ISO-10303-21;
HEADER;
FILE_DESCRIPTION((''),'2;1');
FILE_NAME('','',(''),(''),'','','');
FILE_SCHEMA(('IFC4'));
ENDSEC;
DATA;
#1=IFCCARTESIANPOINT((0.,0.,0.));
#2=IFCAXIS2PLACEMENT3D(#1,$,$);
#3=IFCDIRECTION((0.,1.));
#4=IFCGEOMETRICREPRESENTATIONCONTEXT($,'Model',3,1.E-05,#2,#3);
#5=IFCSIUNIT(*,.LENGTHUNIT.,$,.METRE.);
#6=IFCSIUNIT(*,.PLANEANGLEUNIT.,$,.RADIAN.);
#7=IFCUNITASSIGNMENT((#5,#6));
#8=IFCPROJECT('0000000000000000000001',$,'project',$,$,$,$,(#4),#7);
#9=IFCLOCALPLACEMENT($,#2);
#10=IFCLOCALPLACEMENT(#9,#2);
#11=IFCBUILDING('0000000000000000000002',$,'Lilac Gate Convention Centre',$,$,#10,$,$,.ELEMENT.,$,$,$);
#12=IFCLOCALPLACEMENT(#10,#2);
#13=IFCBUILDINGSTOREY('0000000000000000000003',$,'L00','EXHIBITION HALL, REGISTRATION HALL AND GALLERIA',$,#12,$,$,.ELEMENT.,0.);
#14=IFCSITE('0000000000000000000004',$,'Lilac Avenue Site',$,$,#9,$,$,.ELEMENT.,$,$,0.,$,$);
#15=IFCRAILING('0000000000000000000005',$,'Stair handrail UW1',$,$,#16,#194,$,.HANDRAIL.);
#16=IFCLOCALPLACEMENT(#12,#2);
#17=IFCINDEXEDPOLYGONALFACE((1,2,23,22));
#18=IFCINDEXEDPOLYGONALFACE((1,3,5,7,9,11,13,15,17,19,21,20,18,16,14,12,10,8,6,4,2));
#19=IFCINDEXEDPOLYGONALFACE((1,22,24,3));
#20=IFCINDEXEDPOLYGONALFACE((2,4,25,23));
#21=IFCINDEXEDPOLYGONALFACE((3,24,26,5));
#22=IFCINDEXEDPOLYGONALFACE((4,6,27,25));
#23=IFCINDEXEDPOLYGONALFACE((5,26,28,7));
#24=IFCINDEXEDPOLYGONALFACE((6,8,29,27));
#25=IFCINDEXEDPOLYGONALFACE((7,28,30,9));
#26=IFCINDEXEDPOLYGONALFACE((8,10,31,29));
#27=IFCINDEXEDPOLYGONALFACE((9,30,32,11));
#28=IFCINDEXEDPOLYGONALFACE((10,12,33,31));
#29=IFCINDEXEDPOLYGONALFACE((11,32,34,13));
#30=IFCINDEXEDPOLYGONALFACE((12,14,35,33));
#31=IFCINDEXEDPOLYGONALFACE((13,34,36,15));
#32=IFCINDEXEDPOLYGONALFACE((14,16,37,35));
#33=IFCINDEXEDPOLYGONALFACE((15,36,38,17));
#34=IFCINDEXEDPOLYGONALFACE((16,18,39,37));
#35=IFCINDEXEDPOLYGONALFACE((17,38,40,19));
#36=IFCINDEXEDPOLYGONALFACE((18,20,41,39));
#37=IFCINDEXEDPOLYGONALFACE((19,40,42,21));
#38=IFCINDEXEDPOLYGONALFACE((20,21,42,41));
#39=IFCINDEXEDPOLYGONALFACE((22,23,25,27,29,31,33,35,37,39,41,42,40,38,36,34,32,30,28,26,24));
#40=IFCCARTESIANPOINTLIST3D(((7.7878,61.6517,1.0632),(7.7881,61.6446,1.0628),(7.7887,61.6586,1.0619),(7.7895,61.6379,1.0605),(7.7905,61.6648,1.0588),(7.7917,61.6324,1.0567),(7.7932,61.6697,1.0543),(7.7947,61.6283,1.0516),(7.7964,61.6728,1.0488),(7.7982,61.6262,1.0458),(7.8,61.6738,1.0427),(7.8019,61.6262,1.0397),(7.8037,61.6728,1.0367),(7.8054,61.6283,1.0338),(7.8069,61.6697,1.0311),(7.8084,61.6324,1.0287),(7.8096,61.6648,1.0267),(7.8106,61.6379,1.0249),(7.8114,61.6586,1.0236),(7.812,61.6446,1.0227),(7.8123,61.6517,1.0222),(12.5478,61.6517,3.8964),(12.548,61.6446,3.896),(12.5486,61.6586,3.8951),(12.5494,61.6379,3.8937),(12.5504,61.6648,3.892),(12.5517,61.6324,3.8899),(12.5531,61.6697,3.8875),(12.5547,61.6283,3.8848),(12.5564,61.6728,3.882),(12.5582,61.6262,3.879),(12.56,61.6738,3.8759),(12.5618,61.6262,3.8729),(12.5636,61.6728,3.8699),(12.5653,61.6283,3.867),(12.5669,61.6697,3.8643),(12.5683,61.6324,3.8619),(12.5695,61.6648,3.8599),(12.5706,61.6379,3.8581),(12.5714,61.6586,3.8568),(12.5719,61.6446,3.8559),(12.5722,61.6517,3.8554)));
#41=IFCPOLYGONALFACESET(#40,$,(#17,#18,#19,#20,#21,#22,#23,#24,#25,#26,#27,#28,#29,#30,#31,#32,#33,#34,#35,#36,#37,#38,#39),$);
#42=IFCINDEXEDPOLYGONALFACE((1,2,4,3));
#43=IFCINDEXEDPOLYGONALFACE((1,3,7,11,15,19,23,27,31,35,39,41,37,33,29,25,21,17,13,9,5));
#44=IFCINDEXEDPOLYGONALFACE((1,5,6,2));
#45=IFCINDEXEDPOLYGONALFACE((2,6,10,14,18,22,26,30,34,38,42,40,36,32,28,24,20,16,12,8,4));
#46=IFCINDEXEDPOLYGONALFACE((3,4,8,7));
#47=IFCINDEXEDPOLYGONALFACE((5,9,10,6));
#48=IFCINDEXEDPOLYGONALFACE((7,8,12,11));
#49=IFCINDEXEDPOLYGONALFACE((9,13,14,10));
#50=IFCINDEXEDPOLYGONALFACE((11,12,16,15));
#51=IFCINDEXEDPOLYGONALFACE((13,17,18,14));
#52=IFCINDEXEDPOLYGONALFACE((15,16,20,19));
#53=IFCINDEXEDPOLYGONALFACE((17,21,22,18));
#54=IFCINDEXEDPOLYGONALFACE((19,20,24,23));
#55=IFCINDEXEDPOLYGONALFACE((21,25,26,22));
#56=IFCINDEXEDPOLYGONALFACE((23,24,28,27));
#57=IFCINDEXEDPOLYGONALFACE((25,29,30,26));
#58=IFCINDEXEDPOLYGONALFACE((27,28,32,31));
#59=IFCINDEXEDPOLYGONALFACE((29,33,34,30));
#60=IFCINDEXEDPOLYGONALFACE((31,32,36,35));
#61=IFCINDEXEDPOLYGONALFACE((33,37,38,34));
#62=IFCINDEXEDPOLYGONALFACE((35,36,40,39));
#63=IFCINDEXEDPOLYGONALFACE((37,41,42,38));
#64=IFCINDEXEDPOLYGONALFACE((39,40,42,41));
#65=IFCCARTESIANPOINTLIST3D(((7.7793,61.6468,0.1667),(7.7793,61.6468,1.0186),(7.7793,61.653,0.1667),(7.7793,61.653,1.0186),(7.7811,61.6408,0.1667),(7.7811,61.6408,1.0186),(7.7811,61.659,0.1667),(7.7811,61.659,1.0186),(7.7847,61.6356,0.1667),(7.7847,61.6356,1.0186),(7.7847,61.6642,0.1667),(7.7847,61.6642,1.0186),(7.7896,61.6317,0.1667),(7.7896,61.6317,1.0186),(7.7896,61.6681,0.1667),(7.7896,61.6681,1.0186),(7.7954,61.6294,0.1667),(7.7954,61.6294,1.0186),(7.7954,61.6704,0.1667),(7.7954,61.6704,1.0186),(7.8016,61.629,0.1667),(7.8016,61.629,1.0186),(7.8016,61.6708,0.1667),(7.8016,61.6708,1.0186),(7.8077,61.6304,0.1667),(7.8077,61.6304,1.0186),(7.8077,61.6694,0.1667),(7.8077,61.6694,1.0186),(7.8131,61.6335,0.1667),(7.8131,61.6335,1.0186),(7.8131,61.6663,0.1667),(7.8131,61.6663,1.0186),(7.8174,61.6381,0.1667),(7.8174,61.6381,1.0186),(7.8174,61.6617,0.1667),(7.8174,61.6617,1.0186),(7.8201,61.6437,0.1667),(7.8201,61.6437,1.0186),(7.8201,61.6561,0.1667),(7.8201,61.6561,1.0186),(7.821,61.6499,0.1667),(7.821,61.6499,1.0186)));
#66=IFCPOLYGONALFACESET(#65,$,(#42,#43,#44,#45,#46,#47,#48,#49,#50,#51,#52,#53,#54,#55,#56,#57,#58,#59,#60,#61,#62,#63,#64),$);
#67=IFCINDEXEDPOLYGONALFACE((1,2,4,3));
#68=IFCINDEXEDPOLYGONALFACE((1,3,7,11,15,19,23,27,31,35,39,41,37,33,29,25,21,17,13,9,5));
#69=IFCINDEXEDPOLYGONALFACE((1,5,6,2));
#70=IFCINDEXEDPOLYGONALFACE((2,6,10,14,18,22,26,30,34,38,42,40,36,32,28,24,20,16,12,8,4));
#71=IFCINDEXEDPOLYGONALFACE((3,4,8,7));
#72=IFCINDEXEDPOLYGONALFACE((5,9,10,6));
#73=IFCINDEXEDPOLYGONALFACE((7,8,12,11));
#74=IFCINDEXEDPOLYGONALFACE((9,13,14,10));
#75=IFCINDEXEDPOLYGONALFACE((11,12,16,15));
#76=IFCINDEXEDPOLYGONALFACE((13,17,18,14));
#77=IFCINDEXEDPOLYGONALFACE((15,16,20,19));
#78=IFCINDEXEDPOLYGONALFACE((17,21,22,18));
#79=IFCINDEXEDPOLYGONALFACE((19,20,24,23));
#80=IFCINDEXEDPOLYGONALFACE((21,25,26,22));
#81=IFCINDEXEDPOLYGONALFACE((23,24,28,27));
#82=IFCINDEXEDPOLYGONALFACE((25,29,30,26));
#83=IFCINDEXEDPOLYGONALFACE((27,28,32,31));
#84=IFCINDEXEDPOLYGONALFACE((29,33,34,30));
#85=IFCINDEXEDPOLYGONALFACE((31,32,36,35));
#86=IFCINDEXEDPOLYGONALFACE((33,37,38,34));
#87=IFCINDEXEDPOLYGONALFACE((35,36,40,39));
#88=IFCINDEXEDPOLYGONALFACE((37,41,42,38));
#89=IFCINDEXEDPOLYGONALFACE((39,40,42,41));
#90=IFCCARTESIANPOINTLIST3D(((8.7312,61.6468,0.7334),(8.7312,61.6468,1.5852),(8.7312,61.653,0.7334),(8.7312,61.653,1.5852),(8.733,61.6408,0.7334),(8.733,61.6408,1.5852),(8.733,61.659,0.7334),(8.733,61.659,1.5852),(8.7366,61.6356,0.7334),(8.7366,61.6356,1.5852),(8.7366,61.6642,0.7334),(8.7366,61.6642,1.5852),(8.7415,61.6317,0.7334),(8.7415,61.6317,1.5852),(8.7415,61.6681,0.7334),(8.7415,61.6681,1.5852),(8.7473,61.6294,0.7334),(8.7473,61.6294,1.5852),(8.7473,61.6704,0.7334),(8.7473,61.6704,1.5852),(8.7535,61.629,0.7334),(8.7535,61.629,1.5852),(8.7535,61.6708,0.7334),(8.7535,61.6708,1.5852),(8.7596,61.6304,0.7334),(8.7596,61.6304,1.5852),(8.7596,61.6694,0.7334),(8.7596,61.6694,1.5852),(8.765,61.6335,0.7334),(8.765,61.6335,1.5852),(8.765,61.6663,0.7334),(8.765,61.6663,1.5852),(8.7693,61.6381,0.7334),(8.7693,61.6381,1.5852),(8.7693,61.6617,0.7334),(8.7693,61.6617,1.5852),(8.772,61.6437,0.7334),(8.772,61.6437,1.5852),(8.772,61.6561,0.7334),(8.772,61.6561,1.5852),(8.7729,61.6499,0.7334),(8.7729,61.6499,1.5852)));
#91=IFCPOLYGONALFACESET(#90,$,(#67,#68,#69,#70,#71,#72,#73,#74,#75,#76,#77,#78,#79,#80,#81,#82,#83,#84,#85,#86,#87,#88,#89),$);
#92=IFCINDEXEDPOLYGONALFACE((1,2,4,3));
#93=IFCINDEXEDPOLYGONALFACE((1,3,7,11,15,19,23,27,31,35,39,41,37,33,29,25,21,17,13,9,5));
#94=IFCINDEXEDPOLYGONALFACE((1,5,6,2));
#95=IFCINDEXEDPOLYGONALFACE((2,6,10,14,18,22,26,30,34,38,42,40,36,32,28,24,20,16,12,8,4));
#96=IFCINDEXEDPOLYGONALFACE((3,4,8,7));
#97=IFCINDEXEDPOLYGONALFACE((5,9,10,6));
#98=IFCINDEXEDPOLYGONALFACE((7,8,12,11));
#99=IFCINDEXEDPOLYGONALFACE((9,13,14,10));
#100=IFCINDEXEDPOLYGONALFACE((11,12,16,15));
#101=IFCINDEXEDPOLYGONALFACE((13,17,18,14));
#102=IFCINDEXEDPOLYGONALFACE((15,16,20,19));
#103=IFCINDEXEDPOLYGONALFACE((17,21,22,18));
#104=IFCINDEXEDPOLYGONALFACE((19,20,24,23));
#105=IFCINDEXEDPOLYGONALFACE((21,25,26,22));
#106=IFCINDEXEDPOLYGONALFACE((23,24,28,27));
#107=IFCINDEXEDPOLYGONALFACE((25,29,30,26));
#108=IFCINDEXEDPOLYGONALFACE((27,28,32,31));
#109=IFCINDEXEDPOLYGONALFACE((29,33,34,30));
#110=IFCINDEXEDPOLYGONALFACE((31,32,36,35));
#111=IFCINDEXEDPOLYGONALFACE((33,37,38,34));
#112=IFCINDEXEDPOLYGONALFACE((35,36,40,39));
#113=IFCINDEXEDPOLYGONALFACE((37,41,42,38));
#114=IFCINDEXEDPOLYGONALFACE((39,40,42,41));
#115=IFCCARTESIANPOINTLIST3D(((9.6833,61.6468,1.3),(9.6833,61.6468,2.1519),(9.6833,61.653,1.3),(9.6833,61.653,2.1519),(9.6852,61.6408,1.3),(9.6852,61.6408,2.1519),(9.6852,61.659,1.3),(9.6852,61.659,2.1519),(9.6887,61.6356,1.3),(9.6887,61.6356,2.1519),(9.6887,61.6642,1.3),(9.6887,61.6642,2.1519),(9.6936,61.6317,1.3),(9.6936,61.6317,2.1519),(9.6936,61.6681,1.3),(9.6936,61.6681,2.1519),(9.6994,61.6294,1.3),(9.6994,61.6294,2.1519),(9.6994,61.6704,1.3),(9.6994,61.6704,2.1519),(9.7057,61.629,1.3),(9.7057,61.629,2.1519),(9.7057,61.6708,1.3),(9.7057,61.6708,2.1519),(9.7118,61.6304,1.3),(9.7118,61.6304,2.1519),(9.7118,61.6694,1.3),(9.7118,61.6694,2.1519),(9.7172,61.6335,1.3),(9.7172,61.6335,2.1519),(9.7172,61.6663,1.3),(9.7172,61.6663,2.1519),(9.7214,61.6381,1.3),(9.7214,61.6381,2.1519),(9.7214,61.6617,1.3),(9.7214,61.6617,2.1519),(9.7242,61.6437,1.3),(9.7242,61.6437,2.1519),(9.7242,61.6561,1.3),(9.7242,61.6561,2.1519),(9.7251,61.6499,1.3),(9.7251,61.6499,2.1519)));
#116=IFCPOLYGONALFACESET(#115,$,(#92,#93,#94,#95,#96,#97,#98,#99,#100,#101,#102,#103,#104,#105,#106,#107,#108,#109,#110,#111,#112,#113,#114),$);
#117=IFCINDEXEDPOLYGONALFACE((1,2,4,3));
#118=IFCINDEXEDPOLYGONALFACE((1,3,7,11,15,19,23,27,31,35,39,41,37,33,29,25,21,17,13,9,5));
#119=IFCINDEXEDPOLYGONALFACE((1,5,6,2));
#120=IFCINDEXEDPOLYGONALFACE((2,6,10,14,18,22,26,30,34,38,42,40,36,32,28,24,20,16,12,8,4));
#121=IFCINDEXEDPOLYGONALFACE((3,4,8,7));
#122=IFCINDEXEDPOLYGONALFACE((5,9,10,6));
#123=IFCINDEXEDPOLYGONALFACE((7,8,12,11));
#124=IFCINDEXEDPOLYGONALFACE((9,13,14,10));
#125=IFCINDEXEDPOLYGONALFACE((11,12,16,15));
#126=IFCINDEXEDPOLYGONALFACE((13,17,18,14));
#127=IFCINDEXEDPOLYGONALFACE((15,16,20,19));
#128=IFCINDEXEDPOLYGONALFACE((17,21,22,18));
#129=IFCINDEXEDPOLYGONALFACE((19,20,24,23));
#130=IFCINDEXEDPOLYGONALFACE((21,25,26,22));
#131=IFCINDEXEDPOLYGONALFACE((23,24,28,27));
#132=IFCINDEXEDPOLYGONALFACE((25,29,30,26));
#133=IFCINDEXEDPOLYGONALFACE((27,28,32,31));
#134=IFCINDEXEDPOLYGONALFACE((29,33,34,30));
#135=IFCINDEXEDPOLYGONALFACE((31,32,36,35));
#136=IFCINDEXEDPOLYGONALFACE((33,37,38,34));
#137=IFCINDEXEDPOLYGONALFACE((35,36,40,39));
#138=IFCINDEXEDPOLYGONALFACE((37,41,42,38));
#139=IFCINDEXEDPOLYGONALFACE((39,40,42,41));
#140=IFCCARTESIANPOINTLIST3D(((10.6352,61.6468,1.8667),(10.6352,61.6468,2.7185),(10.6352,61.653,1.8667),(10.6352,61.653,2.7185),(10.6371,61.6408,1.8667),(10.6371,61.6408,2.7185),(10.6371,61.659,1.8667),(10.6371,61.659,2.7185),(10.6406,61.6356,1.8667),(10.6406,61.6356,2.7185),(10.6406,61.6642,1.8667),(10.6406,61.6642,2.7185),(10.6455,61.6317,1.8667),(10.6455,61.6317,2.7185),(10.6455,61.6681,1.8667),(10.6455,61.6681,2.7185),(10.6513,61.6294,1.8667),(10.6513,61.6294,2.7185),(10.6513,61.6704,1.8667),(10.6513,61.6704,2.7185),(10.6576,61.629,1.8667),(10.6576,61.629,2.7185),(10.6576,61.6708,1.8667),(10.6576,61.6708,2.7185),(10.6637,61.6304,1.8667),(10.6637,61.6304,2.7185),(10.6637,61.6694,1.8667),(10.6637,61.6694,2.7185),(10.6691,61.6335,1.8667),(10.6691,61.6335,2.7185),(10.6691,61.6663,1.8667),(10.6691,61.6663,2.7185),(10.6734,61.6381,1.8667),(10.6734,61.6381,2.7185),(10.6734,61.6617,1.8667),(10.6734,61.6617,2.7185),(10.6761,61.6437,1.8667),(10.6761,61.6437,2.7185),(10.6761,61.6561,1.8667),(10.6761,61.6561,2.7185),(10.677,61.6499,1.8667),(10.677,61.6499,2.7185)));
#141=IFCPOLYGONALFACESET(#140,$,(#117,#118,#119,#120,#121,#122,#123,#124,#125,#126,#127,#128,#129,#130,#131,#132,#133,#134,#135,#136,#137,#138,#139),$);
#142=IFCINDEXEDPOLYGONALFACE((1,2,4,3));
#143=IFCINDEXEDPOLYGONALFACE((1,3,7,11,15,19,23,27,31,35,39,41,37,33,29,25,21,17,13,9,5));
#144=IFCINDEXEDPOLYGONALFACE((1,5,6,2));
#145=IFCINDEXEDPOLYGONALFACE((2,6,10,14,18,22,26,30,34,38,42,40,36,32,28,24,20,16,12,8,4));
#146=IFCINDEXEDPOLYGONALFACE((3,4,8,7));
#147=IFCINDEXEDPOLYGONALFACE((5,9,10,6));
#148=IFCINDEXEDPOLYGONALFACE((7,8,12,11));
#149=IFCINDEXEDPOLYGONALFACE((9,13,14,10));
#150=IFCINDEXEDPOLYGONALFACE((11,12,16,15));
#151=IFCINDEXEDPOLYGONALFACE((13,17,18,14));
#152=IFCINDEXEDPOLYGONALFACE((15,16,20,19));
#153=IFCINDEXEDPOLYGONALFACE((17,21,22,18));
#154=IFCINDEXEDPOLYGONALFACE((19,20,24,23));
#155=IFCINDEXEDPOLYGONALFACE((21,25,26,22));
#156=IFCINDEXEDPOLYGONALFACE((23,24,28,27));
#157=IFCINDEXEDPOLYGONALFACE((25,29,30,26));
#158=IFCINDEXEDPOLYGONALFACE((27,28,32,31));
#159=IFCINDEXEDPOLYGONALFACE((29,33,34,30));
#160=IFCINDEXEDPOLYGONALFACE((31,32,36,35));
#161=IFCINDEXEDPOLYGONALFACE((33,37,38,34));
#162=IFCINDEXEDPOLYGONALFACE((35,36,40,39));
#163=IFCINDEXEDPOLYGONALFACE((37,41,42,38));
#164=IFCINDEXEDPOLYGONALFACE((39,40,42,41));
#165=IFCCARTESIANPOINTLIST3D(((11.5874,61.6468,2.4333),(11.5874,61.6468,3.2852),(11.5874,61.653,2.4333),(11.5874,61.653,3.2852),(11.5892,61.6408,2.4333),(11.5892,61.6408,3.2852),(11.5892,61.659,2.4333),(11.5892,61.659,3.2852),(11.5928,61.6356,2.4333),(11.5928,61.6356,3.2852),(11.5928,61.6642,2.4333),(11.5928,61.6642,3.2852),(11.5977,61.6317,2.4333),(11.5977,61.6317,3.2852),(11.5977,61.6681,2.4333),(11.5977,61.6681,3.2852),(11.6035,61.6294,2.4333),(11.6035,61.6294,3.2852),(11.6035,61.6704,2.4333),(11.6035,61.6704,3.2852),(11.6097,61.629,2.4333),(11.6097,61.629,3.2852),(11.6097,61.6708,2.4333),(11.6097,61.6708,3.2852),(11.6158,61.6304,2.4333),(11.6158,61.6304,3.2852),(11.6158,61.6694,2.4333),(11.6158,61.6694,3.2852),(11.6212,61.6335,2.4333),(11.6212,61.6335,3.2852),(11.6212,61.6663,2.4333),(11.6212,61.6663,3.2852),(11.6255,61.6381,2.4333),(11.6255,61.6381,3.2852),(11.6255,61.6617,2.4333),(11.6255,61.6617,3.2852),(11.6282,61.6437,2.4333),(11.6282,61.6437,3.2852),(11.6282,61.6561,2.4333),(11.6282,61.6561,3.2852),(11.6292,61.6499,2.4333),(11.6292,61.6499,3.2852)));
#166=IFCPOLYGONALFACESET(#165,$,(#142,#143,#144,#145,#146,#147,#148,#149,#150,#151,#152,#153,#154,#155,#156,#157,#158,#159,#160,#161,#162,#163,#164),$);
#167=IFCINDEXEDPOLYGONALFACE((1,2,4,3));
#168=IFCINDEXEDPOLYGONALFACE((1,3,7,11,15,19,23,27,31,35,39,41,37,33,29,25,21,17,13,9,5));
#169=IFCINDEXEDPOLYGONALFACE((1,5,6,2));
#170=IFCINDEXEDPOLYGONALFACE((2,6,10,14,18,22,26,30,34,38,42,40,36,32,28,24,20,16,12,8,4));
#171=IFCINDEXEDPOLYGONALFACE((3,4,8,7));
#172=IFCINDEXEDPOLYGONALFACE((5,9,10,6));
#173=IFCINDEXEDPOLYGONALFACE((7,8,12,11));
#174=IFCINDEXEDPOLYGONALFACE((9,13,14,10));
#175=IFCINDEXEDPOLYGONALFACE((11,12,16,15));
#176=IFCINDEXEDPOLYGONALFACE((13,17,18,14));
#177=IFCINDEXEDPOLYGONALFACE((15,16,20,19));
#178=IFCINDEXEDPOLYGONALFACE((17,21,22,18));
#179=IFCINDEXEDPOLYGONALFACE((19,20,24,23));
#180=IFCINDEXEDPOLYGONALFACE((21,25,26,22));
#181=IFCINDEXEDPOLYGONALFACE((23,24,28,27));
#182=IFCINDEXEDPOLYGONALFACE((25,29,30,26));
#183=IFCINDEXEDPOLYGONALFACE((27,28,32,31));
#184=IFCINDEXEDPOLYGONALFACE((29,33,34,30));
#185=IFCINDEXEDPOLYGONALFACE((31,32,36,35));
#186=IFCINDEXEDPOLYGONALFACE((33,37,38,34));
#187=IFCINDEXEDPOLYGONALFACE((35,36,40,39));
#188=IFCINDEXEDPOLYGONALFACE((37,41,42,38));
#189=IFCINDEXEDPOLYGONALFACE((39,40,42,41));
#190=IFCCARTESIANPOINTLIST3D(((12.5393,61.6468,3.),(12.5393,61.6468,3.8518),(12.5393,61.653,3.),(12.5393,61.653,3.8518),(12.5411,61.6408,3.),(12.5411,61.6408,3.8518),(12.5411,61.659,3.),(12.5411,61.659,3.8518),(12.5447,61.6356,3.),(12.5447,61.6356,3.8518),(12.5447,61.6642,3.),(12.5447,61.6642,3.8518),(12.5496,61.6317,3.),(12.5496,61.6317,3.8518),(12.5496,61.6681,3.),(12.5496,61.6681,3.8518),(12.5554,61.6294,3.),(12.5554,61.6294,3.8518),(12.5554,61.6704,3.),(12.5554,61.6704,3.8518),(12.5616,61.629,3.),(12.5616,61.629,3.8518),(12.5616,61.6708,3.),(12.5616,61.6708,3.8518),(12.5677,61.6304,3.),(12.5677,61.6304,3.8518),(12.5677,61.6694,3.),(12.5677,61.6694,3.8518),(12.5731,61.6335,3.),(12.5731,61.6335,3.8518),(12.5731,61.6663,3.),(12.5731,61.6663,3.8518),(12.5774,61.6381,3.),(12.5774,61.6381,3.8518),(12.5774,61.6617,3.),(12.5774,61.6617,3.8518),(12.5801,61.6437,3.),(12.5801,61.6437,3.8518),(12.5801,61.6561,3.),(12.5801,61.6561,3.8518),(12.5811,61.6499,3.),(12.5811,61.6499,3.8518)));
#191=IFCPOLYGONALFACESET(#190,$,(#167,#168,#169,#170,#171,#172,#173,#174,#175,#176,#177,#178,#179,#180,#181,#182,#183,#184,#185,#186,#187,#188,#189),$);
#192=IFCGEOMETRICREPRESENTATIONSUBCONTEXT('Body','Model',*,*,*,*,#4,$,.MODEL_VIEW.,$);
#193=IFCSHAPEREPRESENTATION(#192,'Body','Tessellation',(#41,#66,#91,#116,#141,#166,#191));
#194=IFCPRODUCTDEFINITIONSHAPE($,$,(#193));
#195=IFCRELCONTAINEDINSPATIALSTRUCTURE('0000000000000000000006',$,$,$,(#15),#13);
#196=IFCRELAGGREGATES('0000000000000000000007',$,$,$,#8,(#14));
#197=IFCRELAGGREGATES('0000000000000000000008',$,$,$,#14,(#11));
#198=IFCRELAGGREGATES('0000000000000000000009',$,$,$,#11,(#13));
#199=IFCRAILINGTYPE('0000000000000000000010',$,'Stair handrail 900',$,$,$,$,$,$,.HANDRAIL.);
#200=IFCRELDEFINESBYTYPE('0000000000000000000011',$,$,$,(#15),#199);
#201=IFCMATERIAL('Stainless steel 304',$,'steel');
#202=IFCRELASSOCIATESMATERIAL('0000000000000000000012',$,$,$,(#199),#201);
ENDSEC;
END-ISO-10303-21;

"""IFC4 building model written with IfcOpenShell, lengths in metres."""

from ifc_helpers import new_model, si_unit, direction, frame, origin, origin_2d, place, context, subcontext, project, spatial, circle, extrude, material, type_object, element, save


model = new_model("IFC4")

# Units and contexts
model_context = context("Model", 3, precision=1e-05, world=origin(), true_north=direction((0.0, 1.0)))
body_context = subcontext(model_context, "Body", "Model", "MODEL_VIEW")
ifc_project = project(units=[si_unit("LENGTHUNIT", "METRE"), si_unit("PLANEANGLEUNIT", "RADIAN")], contexts=[model_context])

# Site, building, storey
site_placement = place(None, origin())
site = spatial("IfcSite", under=ifc_project, at=site_placement, Name="Lilac Avenue Site", CompositionType="ELEMENT", RefElevation=0.0)
building_placement = place(site_placement, origin())
building = spatial("IfcBuilding", under=site, at=building_placement, Name="Lilac Gate Convention Centre", CompositionType="ELEMENT")
storey_placement = place(building_placement, origin())
storey = spatial("IfcBuildingStorey", under=building, at=storey_placement, Name="L00", Description="EXHIBITION HALL, REGISTRATION HALL AND GALLERIA", CompositionType="ELEMENT", Elevation=0.0)

# Railing
ifc_material_1 = material(Name="Stainless steel 304", Category="steel")
railing_type = type_object("IfcRailingType", Name="Stair handrail 900", PredefinedType="HANDRAIL", material=ifc_material_1)
for number, where, name in (
    (1, (7.8, 61.6499, 0.1667), "Stair handrail UW1"),
):
    element("IfcRailing", number, at=place(storey_placement, frame(where)), inside=storey, type_object=railing_type, Name=name, PredefinedType="HANDRAIL", context=body_context, shape_type="SweptSolid", body=[
        extrude(circle(Radius=0.0239, at=origin_2d()), frame((0.0, 0.0, 0.876), z_axis=(0.8593, 0.0, 0.511472), x_axis=(0.0, 1.0, 0.0)), (0.0, 0.0, 1.0), 5.5393),
        extrude(circle(Radius=0.021, at=origin_2d()), origin(), (0.0, 0.0, 1.0), 0.8518),
        extrude(circle(Radius=0.021, at=origin_2d()), frame((0.9519, 0.0, 0.5667)), (0.0, 0.0, 1.0), 0.8518),
        extrude(circle(Radius=0.021, at=origin_2d()), frame((1.9041, 0.0, 1.1333)), (0.0, 0.0, 1.0), 0.8518),
        extrude(circle(Radius=0.021, at=origin_2d()), frame((2.856, 0.0, 1.7)), (0.0, 0.0, 1.0), 0.8518),
        extrude(circle(Radius=0.021, at=origin_2d()), frame((3.8081, 0.0, 2.2666)), (0.0, 0.0, 1.0), 0.8518),
        extrude(circle(Radius=0.021, at=origin_2d()), frame((4.76, 0.0, 2.8333)), (0.0, 0.0, 1.0), 0.8518),
    ])

save(model, "model.ifc")
